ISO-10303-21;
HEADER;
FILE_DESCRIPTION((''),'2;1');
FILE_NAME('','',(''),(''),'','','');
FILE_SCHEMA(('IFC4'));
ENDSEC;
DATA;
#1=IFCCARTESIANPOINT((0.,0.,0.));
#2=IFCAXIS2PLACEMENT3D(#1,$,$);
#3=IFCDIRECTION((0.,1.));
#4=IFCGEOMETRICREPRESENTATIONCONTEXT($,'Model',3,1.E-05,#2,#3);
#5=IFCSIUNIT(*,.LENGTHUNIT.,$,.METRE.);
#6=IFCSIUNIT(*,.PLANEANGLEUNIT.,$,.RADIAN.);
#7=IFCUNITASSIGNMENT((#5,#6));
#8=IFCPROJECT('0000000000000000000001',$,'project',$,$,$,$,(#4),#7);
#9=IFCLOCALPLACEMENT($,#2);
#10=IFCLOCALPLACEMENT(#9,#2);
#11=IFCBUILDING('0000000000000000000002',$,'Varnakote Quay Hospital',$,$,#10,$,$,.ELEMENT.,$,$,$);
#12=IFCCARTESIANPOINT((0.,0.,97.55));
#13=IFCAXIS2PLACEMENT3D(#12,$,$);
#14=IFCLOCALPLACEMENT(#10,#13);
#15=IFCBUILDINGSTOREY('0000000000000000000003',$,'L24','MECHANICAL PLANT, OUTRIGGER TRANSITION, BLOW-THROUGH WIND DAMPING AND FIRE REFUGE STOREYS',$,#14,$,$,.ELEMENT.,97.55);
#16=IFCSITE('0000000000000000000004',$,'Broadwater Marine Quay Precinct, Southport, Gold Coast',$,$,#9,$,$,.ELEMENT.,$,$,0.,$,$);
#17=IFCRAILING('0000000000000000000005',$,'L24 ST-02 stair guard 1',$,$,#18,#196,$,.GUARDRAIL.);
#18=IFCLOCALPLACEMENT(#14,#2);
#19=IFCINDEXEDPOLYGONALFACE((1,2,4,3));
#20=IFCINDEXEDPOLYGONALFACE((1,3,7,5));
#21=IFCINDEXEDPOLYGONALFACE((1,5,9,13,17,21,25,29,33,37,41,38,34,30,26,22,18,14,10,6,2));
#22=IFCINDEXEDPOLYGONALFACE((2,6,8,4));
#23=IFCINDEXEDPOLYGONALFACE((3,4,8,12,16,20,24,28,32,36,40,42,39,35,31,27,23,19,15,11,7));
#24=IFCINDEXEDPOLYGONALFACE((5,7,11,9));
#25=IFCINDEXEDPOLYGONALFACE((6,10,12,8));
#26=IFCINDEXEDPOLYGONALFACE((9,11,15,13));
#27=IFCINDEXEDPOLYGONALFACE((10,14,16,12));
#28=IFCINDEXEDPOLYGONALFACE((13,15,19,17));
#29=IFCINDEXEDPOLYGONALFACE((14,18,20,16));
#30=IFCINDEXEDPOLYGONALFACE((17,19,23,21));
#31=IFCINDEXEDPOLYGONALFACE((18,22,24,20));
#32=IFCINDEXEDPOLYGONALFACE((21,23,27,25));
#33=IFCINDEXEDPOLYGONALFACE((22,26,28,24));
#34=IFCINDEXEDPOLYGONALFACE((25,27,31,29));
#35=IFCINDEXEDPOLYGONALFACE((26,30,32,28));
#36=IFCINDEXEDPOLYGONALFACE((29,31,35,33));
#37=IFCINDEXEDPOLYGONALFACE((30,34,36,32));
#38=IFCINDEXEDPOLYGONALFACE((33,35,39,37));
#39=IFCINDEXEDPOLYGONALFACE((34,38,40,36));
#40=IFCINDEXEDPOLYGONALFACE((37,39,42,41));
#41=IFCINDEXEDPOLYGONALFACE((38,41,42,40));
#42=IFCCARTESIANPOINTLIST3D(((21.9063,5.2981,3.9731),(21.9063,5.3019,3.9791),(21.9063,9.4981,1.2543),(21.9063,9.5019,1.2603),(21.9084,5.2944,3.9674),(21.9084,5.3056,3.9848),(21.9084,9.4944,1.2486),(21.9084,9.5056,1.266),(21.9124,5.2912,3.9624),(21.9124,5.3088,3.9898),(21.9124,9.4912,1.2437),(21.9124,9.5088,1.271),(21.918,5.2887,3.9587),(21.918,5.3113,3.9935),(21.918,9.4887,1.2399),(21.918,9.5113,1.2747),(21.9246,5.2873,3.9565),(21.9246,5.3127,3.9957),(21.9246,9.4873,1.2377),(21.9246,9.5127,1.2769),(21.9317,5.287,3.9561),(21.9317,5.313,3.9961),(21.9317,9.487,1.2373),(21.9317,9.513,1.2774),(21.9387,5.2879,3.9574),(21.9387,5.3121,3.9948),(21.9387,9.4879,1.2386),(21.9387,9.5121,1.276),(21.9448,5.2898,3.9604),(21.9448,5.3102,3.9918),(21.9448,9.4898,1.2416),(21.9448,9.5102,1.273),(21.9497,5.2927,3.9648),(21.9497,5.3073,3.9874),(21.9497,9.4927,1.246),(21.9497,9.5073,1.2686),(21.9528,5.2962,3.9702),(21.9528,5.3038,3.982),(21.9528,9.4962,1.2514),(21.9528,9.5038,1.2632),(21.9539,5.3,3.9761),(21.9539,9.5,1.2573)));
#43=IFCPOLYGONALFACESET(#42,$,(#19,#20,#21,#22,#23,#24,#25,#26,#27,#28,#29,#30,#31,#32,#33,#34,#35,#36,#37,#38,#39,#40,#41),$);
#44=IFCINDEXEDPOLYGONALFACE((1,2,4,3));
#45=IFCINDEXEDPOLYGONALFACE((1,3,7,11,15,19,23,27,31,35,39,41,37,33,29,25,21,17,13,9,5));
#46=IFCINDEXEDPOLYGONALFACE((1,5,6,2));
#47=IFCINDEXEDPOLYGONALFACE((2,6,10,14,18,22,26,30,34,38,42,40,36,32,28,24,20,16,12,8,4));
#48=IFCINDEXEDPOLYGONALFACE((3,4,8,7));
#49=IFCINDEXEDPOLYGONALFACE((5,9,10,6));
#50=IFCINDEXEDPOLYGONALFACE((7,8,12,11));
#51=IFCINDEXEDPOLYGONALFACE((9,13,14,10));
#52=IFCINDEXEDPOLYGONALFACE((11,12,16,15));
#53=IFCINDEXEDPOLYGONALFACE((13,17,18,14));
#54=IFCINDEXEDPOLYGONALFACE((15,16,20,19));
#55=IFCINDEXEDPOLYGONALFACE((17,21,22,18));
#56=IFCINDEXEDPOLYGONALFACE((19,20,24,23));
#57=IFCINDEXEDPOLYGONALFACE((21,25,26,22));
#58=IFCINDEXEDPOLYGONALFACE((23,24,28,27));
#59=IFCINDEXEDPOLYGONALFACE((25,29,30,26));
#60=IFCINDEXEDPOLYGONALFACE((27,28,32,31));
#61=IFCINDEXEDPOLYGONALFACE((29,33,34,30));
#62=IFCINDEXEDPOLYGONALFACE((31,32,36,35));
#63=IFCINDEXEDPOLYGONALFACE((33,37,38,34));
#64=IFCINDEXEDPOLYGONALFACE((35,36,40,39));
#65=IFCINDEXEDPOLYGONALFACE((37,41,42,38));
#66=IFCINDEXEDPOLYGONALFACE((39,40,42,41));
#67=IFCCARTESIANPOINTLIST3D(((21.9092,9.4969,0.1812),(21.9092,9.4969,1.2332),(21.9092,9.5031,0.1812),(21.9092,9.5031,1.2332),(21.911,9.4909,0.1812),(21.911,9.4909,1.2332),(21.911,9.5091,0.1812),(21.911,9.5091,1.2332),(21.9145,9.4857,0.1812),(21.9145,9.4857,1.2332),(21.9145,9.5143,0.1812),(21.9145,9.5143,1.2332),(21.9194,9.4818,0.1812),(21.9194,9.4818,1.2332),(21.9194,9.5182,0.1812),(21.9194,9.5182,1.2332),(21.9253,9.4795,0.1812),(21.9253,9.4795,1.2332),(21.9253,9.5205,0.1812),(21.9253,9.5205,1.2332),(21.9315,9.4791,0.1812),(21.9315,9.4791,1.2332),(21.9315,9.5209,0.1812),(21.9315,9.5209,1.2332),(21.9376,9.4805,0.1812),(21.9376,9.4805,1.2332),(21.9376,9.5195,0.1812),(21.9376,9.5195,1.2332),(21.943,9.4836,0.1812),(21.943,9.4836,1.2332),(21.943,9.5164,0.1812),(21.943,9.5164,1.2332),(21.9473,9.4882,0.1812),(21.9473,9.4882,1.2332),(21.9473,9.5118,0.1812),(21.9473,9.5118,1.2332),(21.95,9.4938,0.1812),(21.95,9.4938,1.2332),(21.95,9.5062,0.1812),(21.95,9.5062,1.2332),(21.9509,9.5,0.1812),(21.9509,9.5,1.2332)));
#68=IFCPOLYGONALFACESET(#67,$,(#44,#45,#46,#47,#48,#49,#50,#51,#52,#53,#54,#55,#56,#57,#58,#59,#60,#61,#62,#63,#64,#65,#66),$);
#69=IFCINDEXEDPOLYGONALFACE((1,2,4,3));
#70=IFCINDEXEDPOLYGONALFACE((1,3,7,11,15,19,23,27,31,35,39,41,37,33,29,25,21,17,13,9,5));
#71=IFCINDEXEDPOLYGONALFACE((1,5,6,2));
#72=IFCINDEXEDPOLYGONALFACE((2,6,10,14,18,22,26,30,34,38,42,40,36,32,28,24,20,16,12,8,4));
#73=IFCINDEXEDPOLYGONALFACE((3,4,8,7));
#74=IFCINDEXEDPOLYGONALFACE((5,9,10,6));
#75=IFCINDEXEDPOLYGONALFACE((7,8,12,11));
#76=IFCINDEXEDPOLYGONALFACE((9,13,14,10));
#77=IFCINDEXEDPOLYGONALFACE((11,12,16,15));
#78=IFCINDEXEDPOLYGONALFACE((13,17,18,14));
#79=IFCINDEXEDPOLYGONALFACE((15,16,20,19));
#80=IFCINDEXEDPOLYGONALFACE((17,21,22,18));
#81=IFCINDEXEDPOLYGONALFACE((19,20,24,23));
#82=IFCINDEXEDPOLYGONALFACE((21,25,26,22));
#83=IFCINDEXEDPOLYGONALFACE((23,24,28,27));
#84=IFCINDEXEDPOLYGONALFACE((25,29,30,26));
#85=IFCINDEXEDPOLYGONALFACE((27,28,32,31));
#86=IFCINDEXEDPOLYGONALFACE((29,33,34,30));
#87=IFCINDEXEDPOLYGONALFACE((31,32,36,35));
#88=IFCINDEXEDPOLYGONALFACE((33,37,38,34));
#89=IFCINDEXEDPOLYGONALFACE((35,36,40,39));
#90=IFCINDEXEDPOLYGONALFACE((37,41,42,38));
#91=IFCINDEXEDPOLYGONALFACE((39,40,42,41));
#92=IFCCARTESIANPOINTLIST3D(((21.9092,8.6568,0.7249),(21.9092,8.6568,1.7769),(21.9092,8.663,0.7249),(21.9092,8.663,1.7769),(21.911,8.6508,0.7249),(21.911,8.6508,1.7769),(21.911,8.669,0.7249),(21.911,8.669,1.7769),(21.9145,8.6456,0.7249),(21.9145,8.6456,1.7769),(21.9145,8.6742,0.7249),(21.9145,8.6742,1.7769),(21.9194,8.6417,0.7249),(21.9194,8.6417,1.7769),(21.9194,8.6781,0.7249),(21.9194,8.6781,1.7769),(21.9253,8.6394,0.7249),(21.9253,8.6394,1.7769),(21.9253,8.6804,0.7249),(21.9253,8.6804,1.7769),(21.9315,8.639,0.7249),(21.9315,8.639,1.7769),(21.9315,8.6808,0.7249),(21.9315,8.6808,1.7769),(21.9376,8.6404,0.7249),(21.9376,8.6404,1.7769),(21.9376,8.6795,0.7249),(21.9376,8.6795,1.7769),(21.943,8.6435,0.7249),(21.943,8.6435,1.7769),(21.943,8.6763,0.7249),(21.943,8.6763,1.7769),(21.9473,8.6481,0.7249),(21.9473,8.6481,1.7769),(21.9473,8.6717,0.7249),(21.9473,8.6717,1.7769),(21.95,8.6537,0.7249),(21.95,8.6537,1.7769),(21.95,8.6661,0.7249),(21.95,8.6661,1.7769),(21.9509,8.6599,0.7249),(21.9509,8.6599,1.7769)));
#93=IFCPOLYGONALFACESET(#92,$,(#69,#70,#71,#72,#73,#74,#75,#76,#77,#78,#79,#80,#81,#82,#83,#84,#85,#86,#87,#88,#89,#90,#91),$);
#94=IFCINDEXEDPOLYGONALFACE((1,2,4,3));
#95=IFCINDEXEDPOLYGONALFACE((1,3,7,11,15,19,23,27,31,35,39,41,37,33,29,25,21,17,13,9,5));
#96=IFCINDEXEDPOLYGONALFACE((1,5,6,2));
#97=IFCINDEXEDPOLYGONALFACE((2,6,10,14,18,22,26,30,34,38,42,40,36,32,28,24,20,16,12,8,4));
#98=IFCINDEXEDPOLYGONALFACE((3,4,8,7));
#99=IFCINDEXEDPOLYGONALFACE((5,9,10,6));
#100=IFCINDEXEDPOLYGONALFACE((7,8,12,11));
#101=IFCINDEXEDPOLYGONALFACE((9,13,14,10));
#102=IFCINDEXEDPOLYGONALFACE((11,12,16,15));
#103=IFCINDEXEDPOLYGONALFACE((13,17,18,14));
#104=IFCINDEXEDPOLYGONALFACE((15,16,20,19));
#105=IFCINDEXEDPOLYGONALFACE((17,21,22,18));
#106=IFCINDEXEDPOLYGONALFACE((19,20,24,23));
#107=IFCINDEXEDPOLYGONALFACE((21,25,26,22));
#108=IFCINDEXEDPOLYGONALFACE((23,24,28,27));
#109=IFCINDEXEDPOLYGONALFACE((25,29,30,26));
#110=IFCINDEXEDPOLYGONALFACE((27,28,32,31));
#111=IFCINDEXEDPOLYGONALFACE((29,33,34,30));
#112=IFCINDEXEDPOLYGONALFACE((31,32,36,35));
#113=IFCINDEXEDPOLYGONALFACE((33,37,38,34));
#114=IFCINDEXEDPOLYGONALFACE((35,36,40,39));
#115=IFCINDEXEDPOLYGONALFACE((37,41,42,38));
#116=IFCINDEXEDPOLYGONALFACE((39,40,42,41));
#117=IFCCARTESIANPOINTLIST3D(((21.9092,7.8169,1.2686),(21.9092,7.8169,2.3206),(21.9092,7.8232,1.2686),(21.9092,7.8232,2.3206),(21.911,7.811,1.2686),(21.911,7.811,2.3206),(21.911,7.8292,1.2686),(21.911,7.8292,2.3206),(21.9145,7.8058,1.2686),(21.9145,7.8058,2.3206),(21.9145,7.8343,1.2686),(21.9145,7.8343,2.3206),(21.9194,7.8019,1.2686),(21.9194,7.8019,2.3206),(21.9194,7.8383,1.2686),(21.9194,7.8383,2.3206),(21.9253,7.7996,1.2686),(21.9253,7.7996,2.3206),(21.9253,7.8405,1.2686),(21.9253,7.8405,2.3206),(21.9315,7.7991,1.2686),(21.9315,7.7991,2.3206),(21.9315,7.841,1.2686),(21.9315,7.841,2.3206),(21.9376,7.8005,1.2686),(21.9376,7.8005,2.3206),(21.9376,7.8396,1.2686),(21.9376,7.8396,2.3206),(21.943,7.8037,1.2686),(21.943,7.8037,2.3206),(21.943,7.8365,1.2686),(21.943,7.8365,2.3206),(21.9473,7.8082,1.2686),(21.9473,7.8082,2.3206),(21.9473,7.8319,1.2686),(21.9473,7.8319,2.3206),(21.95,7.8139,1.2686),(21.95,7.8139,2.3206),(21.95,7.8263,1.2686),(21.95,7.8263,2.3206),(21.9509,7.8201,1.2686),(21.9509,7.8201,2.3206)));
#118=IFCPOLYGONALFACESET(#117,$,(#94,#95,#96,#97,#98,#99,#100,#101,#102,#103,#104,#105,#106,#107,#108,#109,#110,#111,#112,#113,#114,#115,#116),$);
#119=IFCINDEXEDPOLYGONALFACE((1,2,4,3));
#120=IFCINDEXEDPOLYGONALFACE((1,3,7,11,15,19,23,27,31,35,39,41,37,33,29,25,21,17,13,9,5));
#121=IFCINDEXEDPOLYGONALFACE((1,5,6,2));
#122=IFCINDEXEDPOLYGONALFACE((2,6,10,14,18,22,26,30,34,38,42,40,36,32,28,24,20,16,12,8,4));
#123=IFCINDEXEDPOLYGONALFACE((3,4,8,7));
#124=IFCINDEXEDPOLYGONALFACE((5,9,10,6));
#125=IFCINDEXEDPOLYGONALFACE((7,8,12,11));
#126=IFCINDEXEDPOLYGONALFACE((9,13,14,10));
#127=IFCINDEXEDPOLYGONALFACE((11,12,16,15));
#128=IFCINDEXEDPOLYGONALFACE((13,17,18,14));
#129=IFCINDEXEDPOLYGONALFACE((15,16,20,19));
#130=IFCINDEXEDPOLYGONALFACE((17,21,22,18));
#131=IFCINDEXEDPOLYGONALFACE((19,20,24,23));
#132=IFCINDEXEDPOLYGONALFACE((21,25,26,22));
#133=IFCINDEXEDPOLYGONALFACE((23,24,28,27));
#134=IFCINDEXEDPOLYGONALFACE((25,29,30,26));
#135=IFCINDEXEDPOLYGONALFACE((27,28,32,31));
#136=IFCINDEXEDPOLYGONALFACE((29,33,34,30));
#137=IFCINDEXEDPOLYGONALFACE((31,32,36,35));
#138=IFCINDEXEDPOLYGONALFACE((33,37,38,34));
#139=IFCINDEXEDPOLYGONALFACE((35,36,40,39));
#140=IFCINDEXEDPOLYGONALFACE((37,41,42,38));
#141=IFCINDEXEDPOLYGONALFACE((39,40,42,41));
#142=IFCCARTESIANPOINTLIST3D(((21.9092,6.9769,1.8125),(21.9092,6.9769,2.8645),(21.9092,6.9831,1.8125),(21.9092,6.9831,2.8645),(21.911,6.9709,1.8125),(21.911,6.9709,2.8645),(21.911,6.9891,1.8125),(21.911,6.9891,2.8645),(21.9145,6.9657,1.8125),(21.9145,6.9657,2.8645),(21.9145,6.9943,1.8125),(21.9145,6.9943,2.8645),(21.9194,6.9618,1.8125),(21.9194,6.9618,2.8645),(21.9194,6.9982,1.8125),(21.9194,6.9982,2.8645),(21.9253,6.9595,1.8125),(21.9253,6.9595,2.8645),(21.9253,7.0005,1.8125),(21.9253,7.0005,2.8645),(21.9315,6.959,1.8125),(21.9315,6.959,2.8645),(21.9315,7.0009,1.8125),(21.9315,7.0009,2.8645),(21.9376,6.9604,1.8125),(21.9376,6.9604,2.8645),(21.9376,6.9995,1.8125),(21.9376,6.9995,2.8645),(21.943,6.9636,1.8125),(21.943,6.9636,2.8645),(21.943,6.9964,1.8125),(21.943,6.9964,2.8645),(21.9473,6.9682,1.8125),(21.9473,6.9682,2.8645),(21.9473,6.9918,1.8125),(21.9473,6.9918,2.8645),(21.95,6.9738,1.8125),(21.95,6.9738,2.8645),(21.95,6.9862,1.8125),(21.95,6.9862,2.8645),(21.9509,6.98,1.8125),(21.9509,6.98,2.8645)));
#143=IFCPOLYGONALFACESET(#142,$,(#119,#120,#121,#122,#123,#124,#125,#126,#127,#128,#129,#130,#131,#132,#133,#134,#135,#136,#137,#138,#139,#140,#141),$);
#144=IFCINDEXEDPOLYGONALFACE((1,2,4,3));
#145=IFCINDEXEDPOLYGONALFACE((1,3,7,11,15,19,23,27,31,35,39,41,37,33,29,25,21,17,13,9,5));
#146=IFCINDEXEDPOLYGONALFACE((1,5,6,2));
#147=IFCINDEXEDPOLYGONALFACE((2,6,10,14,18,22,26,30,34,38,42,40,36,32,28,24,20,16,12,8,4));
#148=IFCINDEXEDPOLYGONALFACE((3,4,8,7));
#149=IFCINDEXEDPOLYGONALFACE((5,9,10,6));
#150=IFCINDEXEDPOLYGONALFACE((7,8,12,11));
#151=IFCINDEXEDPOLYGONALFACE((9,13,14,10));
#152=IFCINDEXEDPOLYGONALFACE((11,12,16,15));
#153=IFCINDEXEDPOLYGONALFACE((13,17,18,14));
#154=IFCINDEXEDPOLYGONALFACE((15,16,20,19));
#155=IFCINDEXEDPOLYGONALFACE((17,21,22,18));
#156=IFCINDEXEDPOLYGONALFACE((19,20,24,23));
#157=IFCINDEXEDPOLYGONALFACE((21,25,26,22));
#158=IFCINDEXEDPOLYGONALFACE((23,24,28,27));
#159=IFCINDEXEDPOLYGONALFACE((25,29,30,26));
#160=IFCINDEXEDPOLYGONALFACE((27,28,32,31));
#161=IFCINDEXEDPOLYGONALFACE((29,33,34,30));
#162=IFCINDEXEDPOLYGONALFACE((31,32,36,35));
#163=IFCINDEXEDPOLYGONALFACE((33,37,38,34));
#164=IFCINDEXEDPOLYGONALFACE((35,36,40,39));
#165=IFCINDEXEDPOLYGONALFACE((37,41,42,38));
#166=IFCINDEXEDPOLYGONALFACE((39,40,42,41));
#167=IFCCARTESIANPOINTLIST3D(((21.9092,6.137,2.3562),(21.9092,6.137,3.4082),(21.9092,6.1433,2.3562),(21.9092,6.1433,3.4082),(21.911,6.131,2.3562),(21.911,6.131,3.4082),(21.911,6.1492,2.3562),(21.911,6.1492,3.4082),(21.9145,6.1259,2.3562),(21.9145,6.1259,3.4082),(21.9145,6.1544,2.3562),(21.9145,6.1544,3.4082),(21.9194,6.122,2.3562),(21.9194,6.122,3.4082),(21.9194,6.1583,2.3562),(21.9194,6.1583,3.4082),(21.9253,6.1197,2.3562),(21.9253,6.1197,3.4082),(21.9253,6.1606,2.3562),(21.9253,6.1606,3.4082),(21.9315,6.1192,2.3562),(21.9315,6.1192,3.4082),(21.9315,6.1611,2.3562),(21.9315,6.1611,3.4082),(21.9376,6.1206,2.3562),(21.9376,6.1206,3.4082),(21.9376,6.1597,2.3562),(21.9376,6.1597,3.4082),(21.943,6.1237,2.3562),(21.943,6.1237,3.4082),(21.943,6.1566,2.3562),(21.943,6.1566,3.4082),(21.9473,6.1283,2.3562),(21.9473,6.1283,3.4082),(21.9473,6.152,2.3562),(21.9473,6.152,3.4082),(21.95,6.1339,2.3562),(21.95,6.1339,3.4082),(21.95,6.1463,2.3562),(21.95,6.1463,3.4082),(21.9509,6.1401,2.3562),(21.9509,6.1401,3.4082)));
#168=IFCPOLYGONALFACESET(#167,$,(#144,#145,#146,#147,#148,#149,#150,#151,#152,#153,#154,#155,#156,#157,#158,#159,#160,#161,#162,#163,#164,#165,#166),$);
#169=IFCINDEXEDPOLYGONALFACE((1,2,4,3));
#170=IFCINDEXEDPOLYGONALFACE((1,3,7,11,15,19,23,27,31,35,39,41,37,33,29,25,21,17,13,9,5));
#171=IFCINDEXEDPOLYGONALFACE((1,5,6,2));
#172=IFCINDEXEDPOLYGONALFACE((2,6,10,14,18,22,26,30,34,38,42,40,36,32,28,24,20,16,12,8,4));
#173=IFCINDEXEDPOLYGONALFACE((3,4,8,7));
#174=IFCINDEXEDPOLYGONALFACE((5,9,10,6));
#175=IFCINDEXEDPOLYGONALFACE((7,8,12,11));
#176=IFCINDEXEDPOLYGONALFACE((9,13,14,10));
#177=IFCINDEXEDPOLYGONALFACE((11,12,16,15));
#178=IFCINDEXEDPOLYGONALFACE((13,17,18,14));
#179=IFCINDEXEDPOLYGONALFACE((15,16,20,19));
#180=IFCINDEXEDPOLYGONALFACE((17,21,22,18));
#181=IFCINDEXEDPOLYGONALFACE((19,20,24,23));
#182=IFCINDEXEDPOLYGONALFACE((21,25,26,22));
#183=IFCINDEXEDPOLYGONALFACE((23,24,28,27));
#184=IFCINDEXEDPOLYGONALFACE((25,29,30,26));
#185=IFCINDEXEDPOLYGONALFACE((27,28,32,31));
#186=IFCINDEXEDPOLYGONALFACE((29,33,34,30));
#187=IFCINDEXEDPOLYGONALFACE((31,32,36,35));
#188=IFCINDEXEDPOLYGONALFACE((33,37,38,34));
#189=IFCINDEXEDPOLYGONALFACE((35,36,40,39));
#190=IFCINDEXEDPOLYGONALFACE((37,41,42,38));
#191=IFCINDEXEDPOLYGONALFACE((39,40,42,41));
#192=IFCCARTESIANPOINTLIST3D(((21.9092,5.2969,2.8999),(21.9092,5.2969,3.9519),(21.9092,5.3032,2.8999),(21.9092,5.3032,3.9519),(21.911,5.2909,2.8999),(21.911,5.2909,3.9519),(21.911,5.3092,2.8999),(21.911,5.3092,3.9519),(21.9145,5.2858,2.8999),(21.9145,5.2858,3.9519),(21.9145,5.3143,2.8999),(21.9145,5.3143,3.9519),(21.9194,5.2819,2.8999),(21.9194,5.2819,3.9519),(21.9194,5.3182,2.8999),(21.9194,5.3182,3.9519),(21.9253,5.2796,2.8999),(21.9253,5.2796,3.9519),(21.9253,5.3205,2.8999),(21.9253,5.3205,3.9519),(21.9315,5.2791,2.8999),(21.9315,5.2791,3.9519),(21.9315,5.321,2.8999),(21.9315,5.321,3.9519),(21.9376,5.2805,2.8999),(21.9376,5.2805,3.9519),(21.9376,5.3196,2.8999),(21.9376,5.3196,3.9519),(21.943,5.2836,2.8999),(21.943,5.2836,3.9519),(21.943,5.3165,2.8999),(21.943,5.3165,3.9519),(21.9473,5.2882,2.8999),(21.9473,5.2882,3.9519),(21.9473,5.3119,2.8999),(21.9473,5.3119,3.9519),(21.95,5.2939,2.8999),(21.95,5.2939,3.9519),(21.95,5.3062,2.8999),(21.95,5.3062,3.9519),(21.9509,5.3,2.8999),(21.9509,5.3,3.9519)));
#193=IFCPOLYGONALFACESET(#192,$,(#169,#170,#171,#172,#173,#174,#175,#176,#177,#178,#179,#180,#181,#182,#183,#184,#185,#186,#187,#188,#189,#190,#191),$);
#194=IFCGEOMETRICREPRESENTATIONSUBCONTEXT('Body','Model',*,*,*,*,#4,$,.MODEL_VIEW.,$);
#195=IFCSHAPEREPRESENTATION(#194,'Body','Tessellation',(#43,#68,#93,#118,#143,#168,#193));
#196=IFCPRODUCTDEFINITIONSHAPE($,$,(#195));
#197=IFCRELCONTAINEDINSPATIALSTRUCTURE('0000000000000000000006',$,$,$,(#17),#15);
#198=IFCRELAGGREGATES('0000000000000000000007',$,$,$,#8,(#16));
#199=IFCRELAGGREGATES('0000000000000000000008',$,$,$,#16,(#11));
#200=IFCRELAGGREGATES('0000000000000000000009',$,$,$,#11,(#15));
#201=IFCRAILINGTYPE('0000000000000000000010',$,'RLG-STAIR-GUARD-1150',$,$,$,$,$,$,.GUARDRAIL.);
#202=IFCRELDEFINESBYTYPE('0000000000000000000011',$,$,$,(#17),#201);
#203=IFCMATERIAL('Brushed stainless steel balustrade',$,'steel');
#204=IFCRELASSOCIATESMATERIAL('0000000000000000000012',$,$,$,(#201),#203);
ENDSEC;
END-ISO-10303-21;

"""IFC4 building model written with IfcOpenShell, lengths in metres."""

from ifc_helpers import new_model, si_unit, direction, frame, origin, origin_2d, place, context, subcontext, project, spatial, circle, extrude, material, type_object, element, save


model = new_model("IFC4")

# Units and contexts
model_context = context("Model", 3, precision=1e-05, world=origin(), true_north=direction((0.0, 1.0)))
body_context = subcontext(model_context, "Body", "Model", "MODEL_VIEW")
ifc_project = project(units=[si_unit("LENGTHUNIT", "METRE"), si_unit("PLANEANGLEUNIT", "RADIAN")], contexts=[model_context])

# Site, building, storey
site_placement = place(None, origin())
site = spatial("IfcSite", under=ifc_project, at=site_placement, Name="Broadwater Marine Quay Precinct, Southport, Gold Coast", CompositionType="ELEMENT", RefElevation=0.0)
building_placement = place(site_placement, origin())
building = spatial("IfcBuilding", under=site, at=building_placement, Name="Varnakote Quay Hospital", CompositionType="ELEMENT")
storey_placement = place(building_placement, frame((0.0, 0.0, 97.55)))
storey = spatial("IfcBuildingStorey", under=building, at=storey_placement, Name="L24", Description="MECHANICAL PLANT, OUTRIGGER TRANSITION, BLOW-THROUGH WIND DAMPING AND FIRE REFUGE STOREYS", CompositionType="ELEMENT", Elevation=97.55)

# Railing
ifc_material_1 = material(Name="Brushed stainless steel balustrade", Category="steel")
railing_type_1 = type_object("IfcRailingType", Name="RLG-STAIR-GUARD-1150", PredefinedType="GUARDRAIL", material=ifc_material_1)
railing_1_placement = place(storey_placement, frame((21.9299, 9.5, 0.1812)))
element("IfcRailing", 1, at=railing_1_placement, inside=storey, type_object=railing_type_1, Name="L24 ST-02 stair guard 1", PredefinedType="GUARDRAIL", context=body_context, shape_type="SweptSolid", body=[
    extrude(circle(Radius=0.0239, at=origin_2d()), frame((0.0, 0.0, 1.0762), z_axis=(0.0, -0.839467, 0.543411), x_axis=(1.0, 0.0, 0.0)), (0.0, 0.0, 1.0), 5.0032),
    extrude(circle(Radius=0.021, at=origin_2d()), origin(), (0.0, 0.0, 1.0), 1.052),
    extrude(circle(Radius=0.021, at=origin_2d()), frame((0.0, -0.8401, 0.5437)), (0.0, 0.0, 1.0), 1.052),
    extrude(circle(Radius=0.021, at=origin_2d()), frame((0.0, -1.6799, 1.0874)), (0.0, 0.0, 1.0), 1.052),
    extrude(circle(Radius=0.021, at=origin_2d()), frame((0.0, -2.52, 1.6313)), (0.0, 0.0, 1.0), 1.052),
    extrude(circle(Radius=0.021, at=origin_2d()), frame((0.0, -3.3599, 2.175)), (0.0, 0.0, 1.0), 1.052),
    extrude(circle(Radius=0.021, at=origin_2d()), frame((0.0, -4.2, 2.7188)), (0.0, 0.0, 1.0), 1.052),
])

save(model, "model.ifc")
